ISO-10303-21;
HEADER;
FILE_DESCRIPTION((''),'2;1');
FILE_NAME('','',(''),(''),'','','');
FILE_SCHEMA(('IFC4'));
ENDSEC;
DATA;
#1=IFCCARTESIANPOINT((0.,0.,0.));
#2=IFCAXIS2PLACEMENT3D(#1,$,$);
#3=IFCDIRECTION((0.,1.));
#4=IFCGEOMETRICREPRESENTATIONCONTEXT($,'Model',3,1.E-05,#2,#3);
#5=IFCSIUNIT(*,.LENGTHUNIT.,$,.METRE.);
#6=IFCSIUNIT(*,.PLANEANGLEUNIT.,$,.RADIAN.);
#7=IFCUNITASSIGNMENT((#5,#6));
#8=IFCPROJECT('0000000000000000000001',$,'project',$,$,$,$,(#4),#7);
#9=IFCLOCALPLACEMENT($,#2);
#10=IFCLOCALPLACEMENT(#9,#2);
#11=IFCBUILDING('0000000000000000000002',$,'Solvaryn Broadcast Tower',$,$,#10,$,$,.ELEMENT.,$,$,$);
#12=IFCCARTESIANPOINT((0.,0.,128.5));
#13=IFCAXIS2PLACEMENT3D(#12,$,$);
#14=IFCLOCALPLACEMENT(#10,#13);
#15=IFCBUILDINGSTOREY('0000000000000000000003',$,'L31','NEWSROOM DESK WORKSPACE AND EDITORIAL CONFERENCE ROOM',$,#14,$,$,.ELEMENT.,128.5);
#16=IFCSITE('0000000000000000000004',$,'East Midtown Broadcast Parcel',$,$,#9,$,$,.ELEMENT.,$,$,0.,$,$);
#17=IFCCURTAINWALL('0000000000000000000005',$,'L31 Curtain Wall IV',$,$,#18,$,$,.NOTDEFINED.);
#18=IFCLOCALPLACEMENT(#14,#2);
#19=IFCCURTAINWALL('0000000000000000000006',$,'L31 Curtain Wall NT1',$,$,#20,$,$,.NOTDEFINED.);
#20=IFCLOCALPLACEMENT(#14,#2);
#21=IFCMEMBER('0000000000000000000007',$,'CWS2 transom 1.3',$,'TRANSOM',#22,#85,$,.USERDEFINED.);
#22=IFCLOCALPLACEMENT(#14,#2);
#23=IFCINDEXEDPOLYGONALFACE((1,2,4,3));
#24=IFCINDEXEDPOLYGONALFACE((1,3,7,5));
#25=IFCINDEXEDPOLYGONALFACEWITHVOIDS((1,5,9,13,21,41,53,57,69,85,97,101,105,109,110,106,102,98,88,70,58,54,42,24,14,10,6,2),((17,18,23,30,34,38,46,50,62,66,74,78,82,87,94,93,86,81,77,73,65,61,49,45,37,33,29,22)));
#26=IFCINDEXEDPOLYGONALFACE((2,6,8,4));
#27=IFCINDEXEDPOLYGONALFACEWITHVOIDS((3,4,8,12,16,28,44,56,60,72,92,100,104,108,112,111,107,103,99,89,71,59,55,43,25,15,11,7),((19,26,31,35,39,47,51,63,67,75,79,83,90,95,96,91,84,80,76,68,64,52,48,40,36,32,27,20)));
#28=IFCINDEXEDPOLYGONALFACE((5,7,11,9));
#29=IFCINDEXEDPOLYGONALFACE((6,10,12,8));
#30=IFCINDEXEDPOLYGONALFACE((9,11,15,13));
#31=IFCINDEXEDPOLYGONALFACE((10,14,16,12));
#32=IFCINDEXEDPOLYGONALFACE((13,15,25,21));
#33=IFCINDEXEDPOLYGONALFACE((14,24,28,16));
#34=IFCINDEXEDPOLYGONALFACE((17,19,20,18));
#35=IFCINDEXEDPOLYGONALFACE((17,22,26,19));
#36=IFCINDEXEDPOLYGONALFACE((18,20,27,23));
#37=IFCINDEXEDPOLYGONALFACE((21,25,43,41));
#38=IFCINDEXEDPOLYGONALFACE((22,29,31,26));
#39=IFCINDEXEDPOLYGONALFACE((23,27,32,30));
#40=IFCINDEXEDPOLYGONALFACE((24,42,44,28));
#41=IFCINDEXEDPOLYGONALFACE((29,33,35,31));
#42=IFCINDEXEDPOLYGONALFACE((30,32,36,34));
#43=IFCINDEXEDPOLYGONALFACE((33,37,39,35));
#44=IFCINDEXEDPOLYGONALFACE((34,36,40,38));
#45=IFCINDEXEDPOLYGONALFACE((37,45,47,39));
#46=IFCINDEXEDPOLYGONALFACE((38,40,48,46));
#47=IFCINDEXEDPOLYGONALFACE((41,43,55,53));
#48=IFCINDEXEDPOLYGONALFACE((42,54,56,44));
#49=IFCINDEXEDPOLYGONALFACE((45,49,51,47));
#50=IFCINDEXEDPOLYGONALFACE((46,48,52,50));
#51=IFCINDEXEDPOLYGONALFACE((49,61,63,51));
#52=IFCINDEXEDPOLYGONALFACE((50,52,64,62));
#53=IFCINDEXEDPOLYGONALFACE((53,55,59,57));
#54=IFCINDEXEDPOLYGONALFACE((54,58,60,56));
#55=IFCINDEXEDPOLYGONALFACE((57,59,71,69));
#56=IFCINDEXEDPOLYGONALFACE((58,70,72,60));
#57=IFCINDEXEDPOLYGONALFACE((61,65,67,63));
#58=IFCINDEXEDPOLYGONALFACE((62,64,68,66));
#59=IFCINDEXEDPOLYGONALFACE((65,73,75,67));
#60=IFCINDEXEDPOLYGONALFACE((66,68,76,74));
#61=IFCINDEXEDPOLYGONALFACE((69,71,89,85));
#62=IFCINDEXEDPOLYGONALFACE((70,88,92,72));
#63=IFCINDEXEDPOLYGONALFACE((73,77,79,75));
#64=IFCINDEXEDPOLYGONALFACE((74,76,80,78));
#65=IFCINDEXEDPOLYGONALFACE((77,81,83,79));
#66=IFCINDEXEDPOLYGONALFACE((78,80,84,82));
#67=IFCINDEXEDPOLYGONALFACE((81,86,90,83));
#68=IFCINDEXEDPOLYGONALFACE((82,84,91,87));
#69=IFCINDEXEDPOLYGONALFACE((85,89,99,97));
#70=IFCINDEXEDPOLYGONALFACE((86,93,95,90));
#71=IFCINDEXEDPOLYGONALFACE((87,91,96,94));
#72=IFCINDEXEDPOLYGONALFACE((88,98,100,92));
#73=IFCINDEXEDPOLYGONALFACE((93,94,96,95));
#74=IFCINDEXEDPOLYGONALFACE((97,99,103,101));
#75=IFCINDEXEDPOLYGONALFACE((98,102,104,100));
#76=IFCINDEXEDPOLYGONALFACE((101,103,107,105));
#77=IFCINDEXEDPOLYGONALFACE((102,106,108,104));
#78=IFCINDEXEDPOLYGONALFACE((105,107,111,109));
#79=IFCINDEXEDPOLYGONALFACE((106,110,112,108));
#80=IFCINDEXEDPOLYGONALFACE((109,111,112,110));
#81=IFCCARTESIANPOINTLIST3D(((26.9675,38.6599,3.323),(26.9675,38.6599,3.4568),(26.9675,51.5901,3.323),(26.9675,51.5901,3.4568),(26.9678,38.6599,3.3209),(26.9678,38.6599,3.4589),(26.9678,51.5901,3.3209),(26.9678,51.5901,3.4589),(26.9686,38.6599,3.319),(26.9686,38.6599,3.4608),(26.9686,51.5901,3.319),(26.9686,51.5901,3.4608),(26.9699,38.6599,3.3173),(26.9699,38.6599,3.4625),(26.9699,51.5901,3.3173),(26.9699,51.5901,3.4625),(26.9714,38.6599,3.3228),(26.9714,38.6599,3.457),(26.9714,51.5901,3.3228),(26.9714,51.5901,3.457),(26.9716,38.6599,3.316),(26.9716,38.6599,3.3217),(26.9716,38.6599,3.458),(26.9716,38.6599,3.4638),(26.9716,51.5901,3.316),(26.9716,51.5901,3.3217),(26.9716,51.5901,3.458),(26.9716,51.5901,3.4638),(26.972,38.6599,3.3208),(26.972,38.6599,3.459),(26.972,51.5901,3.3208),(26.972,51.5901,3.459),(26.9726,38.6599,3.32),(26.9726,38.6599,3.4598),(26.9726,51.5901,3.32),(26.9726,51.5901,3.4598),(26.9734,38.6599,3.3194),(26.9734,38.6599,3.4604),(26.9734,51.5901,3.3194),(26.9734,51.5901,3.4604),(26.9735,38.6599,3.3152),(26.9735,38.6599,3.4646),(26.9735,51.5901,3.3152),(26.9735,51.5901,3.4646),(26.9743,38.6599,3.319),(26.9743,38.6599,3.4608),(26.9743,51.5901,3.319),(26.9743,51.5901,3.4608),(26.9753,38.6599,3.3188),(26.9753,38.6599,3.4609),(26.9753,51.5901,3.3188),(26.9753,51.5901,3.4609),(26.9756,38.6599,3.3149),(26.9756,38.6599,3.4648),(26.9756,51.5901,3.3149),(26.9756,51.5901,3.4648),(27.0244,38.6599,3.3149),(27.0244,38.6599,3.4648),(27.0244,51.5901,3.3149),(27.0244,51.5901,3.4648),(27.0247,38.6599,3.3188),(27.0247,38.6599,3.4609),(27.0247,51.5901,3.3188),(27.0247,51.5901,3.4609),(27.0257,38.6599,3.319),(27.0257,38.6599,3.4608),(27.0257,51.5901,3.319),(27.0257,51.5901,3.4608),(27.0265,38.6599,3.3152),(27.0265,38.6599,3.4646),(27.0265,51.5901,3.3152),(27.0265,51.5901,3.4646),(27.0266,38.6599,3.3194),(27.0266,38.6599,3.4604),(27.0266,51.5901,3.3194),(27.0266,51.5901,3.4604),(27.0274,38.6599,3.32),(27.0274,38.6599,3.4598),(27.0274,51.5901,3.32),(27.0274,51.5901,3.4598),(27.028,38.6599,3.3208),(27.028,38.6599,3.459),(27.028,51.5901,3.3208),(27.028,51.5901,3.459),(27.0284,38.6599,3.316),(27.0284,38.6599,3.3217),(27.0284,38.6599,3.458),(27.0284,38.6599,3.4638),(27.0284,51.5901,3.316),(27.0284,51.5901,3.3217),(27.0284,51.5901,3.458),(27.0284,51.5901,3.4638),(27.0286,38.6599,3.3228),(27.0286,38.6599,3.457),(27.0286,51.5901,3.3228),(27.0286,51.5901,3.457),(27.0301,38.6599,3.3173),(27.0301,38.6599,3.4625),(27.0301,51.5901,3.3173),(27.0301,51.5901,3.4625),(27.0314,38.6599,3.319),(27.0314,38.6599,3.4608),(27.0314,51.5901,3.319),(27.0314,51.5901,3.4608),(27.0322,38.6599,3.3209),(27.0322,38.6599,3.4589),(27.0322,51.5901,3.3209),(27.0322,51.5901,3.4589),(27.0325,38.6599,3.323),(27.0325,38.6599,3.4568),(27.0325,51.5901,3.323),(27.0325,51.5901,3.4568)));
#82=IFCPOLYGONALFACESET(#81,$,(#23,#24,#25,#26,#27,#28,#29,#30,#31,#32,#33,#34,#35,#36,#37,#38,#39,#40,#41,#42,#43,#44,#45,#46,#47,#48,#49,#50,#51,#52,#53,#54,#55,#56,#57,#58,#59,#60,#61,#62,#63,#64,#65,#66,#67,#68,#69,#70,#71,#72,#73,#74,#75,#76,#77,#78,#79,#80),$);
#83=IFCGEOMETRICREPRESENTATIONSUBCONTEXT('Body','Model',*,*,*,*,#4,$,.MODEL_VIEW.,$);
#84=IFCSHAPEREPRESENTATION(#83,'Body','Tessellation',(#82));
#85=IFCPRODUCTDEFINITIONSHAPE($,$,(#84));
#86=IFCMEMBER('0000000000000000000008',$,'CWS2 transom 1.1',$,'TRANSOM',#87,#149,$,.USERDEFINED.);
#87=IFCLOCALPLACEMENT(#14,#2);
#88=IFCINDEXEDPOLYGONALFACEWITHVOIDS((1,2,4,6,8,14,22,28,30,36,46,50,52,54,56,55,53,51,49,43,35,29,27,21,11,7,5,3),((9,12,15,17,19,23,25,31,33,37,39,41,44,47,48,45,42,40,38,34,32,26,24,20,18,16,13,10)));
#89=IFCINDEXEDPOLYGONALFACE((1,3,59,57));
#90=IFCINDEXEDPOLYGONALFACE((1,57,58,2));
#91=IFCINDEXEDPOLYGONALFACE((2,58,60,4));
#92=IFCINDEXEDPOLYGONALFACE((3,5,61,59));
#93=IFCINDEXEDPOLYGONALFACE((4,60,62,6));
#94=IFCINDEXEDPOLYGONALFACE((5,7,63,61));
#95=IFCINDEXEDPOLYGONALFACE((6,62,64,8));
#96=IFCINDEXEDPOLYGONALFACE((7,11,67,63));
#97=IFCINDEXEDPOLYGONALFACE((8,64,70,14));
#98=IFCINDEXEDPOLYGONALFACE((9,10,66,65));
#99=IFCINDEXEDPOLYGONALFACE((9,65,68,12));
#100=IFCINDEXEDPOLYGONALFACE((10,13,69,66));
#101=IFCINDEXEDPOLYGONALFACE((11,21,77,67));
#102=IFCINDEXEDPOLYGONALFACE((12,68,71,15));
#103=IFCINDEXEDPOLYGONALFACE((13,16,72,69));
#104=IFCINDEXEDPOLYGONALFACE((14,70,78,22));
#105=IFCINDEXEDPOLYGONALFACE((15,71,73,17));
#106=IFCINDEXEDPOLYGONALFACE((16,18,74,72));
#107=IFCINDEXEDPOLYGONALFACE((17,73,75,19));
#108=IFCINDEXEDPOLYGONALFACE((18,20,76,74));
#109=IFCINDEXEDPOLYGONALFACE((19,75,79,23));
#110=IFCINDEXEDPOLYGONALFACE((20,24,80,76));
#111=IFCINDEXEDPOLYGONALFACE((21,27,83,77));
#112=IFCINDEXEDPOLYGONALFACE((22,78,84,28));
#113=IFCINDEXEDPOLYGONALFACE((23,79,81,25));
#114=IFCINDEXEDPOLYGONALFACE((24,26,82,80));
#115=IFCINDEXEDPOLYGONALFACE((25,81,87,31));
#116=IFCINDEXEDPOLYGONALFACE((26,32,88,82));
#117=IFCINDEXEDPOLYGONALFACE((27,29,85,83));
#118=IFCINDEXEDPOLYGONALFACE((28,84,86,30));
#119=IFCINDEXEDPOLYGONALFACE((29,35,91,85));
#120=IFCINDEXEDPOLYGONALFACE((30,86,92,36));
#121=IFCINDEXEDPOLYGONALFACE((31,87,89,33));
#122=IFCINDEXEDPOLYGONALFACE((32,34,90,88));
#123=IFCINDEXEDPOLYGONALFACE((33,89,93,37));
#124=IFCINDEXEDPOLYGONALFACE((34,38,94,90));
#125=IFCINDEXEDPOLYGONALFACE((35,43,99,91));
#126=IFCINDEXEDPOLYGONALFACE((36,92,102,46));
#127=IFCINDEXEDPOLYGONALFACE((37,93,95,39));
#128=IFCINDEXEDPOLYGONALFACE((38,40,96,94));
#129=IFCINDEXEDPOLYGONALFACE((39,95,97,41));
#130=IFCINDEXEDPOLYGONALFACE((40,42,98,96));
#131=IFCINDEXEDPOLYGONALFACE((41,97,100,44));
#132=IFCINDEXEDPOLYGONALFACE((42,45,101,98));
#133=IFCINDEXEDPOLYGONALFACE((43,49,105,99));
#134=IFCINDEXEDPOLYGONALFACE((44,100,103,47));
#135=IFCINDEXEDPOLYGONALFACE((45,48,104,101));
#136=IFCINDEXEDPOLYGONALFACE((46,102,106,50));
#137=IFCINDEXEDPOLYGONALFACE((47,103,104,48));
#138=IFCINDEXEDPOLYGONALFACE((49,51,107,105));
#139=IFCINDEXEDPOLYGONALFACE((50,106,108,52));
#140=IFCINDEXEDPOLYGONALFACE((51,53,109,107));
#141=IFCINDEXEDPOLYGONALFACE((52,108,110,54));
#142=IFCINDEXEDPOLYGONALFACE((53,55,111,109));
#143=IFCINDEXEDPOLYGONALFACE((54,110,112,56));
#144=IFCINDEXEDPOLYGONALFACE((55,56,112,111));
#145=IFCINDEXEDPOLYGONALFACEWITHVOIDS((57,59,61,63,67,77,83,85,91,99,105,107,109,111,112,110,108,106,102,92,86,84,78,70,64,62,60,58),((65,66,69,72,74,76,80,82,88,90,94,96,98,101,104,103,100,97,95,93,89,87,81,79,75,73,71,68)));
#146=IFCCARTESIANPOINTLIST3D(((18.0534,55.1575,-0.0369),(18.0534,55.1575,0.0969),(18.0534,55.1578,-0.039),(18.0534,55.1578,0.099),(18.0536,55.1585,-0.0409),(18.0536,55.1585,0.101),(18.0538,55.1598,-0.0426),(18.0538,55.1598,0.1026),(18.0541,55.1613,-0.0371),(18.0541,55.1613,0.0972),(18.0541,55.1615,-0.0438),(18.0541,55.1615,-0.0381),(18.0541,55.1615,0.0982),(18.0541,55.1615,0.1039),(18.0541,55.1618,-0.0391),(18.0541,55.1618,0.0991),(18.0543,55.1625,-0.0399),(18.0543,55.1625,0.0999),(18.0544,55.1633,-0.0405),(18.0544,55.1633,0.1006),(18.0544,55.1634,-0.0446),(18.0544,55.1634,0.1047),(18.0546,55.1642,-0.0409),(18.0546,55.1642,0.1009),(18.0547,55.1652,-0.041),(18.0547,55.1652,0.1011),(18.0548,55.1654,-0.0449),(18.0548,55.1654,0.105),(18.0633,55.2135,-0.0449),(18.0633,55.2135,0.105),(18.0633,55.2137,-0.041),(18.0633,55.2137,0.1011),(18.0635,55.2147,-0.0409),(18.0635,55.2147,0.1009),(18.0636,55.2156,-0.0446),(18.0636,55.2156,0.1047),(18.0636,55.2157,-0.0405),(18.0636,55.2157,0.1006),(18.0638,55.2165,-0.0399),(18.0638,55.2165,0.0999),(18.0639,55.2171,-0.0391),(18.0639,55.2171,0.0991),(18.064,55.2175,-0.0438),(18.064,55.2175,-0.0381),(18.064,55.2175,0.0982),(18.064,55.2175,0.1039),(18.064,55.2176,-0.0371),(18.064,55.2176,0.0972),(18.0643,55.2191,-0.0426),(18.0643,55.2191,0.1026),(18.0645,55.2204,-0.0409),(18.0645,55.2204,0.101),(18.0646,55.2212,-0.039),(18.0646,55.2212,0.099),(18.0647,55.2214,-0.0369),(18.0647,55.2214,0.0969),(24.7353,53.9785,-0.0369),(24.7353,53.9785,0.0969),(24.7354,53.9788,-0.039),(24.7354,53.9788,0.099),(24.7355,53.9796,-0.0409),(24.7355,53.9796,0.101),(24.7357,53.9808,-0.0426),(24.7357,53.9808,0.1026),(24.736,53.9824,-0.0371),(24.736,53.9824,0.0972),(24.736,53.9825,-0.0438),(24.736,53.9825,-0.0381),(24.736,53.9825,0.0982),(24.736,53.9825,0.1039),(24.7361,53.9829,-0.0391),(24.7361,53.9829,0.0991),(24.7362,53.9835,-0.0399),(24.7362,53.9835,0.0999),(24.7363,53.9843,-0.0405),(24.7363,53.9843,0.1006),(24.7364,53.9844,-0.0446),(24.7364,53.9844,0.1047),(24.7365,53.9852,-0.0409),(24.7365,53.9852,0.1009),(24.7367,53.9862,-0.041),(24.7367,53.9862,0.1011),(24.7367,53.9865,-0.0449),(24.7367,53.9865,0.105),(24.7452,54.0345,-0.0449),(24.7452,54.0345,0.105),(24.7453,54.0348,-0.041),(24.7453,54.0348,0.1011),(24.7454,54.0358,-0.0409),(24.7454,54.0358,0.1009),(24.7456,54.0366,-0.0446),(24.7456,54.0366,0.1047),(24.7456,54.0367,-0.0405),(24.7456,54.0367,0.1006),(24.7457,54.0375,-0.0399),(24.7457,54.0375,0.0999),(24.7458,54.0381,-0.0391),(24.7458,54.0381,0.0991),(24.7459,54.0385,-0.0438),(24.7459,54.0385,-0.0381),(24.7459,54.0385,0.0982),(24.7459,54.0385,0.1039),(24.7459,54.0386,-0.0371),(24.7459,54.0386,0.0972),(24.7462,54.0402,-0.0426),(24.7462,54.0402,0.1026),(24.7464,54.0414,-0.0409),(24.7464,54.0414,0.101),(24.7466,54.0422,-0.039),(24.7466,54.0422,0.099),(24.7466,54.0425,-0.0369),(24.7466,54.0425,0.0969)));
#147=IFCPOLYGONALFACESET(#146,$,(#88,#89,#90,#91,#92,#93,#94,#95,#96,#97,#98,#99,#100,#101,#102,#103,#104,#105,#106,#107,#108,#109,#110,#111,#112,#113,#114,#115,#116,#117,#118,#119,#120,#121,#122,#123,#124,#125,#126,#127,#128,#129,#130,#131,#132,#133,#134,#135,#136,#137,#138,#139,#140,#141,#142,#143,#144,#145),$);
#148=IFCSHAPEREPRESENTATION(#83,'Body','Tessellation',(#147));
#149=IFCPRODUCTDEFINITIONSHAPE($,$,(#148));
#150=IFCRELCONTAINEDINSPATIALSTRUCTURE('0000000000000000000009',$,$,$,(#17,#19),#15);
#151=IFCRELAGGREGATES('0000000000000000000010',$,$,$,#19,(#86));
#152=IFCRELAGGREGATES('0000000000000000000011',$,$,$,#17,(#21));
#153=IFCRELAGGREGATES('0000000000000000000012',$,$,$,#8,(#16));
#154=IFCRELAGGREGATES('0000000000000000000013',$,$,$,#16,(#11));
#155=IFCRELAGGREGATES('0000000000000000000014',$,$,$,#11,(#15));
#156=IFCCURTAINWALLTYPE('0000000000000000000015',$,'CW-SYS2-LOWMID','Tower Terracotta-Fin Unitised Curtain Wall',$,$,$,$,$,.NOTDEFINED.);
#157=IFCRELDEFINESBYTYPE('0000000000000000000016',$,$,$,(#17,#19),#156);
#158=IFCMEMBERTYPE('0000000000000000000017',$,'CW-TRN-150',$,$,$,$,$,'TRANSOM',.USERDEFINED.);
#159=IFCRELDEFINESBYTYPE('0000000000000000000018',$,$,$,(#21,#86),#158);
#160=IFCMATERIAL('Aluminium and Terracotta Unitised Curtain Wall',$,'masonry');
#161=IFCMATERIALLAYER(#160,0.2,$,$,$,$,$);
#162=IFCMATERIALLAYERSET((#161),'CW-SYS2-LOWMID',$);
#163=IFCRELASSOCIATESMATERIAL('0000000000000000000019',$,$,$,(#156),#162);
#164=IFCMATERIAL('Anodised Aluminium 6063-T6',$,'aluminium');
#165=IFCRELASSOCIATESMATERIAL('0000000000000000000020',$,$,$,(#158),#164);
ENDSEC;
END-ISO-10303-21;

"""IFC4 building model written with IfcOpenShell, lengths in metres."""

from ifc_helpers import new_model, si_unit, direction, frame, origin, origin_2d, place, context, subcontext, project, spatial, hollow_rectangle, extrude, material, layer, layer_set, material_profile, profile_set, type_object, element, aggregate, save


model = new_model("IFC4")

# Units and contexts
model_context = context("Model", 3, precision=1e-05, world=origin(), true_north=direction((0.0, 1.0)))
body_context = subcontext(model_context, "Body", "Model", "MODEL_VIEW")
ifc_project = project(units=[si_unit("LENGTHUNIT", "METRE"), si_unit("PLANEANGLEUNIT", "RADIAN")], contexts=[model_context])

# Site, building, storey
site_placement = place(None, origin())
site = spatial("IfcSite", under=ifc_project, at=site_placement, Name="East Midtown Broadcast Parcel", CompositionType="ELEMENT", RefElevation=0.0)
building_placement = place(site_placement, origin())
building = spatial("IfcBuilding", under=site, at=building_placement, Name="Solvaryn Broadcast Tower", CompositionType="ELEMENT")
storey_placement = place(building_placement, frame((0.0, 0.0, 128.5)))
storey = spatial("IfcBuildingStorey", under=building, at=storey_placement, Name="L31", Description="NEWSROOM DESK WORKSPACE AND EDITORIAL CONFERENCE ROOM", CompositionType="ELEMENT", Elevation=128.5)

# Curtain wall
ifc_material_1 = material(Name="Aluminium and Terracotta Unitised Curtain Wall", Category="masonry")
ifc_layer_1 = layer(ifc_material_1, 0.2)
ifc_layer_set_1 = layer_set([ifc_layer_1], Name="CW-SYS2-LOWMID")
curtain_wall_type = type_object("IfcCurtainWallType", Name="CW-SYS2-LOWMID", Description="Tower Terracotta-Fin Unitised Curtain Wall", PredefinedType="NOTDEFINED", material=ifc_layer_set_1)
curtain_wall_1_placement = place(storey_placement, origin())
curtain_wall_1 = element("IfcCurtainWall", 1, at=curtain_wall_1_placement, inside=storey, type_object=curtain_wall_type, Name="L31 Curtain Wall IV", PredefinedType="NOTDEFINED")

# Curtain wall
curtain_wall_2_placement = place(storey_placement, origin())
curtain_wall_2 = element("IfcCurtainWall", 2, at=curtain_wall_2_placement, inside=storey, type_object=curtain_wall_type, Name="L31 Curtain Wall NT1", PredefinedType="NOTDEFINED")

# Members
ifc_material_2 = material(Name="Anodised Aluminium 6063-T6", Category="aluminium")
ifc_material_profile_1 = material_profile(ifc_material_2, hollow_rectangle(XDim=0.0649, YDim=0.1499, WallThickness=0.0039, InnerFilletRadius=0.0039, OuterFilletRadius=0.0081, at=origin_2d()))
ifc_profile_set_1 = profile_set([ifc_material_profile_1], Name="Anodised Aluminium 6063-T6")
member_type_1 = type_object("IfcMemberType", Name="CW-TRN-150", ElementType="TRANSOM", PredefinedType="USERDEFINED", material=ifc_profile_set_1)
member_1_placement = place(storey_placement, frame((27.0, 51.5901, 3.3899), z_axis=(0.0, -1.0, 0.0), x_axis=(1.0, 0.0, 0.0)))
member_1 = element("IfcMember", 3, at=member_1_placement, type_object=member_type_1, Name="CWS2 transom 1.3", ObjectType="TRANSOM", PredefinedType="USERDEFINED", context=body_context, shape_type="SweptSolid", body=[
    extrude(hollow_rectangle(XDim=0.0649, YDim=0.1499, WallThickness=0.0039, InnerFilletRadius=0.0039, OuterFilletRadius=0.0081, at=origin_2d()), origin(), (0.0, 0.0, 1.0), 12.9302),
])
member_2_placement = place(storey_placement, frame((24.741, 54.0105, 0.03), z_axis=(-0.984789, 0.173757, 0.0), x_axis=(-0.173757, -0.984789, 0.0)))
member_2 = element("IfcMember", 4, at=member_2_placement, type_object=member_type_1, Name="CWS2 transom 1.1", ObjectType="TRANSOM", PredefinedType="USERDEFINED", context=body_context, shape_type="SweptSolid", body=[
    extrude(hollow_rectangle(XDim=0.0649, YDim=0.1499, WallThickness=0.0039, InnerFilletRadius=0.0039, OuterFilletRadius=0.0081, at=origin_2d()), origin(), (0.0, 0.0, 1.0), 6.7852),
])
aggregate(curtain_wall_2, [member_2])

aggregate(curtain_wall_1, [member_1])

save(model, "model.ifc")
